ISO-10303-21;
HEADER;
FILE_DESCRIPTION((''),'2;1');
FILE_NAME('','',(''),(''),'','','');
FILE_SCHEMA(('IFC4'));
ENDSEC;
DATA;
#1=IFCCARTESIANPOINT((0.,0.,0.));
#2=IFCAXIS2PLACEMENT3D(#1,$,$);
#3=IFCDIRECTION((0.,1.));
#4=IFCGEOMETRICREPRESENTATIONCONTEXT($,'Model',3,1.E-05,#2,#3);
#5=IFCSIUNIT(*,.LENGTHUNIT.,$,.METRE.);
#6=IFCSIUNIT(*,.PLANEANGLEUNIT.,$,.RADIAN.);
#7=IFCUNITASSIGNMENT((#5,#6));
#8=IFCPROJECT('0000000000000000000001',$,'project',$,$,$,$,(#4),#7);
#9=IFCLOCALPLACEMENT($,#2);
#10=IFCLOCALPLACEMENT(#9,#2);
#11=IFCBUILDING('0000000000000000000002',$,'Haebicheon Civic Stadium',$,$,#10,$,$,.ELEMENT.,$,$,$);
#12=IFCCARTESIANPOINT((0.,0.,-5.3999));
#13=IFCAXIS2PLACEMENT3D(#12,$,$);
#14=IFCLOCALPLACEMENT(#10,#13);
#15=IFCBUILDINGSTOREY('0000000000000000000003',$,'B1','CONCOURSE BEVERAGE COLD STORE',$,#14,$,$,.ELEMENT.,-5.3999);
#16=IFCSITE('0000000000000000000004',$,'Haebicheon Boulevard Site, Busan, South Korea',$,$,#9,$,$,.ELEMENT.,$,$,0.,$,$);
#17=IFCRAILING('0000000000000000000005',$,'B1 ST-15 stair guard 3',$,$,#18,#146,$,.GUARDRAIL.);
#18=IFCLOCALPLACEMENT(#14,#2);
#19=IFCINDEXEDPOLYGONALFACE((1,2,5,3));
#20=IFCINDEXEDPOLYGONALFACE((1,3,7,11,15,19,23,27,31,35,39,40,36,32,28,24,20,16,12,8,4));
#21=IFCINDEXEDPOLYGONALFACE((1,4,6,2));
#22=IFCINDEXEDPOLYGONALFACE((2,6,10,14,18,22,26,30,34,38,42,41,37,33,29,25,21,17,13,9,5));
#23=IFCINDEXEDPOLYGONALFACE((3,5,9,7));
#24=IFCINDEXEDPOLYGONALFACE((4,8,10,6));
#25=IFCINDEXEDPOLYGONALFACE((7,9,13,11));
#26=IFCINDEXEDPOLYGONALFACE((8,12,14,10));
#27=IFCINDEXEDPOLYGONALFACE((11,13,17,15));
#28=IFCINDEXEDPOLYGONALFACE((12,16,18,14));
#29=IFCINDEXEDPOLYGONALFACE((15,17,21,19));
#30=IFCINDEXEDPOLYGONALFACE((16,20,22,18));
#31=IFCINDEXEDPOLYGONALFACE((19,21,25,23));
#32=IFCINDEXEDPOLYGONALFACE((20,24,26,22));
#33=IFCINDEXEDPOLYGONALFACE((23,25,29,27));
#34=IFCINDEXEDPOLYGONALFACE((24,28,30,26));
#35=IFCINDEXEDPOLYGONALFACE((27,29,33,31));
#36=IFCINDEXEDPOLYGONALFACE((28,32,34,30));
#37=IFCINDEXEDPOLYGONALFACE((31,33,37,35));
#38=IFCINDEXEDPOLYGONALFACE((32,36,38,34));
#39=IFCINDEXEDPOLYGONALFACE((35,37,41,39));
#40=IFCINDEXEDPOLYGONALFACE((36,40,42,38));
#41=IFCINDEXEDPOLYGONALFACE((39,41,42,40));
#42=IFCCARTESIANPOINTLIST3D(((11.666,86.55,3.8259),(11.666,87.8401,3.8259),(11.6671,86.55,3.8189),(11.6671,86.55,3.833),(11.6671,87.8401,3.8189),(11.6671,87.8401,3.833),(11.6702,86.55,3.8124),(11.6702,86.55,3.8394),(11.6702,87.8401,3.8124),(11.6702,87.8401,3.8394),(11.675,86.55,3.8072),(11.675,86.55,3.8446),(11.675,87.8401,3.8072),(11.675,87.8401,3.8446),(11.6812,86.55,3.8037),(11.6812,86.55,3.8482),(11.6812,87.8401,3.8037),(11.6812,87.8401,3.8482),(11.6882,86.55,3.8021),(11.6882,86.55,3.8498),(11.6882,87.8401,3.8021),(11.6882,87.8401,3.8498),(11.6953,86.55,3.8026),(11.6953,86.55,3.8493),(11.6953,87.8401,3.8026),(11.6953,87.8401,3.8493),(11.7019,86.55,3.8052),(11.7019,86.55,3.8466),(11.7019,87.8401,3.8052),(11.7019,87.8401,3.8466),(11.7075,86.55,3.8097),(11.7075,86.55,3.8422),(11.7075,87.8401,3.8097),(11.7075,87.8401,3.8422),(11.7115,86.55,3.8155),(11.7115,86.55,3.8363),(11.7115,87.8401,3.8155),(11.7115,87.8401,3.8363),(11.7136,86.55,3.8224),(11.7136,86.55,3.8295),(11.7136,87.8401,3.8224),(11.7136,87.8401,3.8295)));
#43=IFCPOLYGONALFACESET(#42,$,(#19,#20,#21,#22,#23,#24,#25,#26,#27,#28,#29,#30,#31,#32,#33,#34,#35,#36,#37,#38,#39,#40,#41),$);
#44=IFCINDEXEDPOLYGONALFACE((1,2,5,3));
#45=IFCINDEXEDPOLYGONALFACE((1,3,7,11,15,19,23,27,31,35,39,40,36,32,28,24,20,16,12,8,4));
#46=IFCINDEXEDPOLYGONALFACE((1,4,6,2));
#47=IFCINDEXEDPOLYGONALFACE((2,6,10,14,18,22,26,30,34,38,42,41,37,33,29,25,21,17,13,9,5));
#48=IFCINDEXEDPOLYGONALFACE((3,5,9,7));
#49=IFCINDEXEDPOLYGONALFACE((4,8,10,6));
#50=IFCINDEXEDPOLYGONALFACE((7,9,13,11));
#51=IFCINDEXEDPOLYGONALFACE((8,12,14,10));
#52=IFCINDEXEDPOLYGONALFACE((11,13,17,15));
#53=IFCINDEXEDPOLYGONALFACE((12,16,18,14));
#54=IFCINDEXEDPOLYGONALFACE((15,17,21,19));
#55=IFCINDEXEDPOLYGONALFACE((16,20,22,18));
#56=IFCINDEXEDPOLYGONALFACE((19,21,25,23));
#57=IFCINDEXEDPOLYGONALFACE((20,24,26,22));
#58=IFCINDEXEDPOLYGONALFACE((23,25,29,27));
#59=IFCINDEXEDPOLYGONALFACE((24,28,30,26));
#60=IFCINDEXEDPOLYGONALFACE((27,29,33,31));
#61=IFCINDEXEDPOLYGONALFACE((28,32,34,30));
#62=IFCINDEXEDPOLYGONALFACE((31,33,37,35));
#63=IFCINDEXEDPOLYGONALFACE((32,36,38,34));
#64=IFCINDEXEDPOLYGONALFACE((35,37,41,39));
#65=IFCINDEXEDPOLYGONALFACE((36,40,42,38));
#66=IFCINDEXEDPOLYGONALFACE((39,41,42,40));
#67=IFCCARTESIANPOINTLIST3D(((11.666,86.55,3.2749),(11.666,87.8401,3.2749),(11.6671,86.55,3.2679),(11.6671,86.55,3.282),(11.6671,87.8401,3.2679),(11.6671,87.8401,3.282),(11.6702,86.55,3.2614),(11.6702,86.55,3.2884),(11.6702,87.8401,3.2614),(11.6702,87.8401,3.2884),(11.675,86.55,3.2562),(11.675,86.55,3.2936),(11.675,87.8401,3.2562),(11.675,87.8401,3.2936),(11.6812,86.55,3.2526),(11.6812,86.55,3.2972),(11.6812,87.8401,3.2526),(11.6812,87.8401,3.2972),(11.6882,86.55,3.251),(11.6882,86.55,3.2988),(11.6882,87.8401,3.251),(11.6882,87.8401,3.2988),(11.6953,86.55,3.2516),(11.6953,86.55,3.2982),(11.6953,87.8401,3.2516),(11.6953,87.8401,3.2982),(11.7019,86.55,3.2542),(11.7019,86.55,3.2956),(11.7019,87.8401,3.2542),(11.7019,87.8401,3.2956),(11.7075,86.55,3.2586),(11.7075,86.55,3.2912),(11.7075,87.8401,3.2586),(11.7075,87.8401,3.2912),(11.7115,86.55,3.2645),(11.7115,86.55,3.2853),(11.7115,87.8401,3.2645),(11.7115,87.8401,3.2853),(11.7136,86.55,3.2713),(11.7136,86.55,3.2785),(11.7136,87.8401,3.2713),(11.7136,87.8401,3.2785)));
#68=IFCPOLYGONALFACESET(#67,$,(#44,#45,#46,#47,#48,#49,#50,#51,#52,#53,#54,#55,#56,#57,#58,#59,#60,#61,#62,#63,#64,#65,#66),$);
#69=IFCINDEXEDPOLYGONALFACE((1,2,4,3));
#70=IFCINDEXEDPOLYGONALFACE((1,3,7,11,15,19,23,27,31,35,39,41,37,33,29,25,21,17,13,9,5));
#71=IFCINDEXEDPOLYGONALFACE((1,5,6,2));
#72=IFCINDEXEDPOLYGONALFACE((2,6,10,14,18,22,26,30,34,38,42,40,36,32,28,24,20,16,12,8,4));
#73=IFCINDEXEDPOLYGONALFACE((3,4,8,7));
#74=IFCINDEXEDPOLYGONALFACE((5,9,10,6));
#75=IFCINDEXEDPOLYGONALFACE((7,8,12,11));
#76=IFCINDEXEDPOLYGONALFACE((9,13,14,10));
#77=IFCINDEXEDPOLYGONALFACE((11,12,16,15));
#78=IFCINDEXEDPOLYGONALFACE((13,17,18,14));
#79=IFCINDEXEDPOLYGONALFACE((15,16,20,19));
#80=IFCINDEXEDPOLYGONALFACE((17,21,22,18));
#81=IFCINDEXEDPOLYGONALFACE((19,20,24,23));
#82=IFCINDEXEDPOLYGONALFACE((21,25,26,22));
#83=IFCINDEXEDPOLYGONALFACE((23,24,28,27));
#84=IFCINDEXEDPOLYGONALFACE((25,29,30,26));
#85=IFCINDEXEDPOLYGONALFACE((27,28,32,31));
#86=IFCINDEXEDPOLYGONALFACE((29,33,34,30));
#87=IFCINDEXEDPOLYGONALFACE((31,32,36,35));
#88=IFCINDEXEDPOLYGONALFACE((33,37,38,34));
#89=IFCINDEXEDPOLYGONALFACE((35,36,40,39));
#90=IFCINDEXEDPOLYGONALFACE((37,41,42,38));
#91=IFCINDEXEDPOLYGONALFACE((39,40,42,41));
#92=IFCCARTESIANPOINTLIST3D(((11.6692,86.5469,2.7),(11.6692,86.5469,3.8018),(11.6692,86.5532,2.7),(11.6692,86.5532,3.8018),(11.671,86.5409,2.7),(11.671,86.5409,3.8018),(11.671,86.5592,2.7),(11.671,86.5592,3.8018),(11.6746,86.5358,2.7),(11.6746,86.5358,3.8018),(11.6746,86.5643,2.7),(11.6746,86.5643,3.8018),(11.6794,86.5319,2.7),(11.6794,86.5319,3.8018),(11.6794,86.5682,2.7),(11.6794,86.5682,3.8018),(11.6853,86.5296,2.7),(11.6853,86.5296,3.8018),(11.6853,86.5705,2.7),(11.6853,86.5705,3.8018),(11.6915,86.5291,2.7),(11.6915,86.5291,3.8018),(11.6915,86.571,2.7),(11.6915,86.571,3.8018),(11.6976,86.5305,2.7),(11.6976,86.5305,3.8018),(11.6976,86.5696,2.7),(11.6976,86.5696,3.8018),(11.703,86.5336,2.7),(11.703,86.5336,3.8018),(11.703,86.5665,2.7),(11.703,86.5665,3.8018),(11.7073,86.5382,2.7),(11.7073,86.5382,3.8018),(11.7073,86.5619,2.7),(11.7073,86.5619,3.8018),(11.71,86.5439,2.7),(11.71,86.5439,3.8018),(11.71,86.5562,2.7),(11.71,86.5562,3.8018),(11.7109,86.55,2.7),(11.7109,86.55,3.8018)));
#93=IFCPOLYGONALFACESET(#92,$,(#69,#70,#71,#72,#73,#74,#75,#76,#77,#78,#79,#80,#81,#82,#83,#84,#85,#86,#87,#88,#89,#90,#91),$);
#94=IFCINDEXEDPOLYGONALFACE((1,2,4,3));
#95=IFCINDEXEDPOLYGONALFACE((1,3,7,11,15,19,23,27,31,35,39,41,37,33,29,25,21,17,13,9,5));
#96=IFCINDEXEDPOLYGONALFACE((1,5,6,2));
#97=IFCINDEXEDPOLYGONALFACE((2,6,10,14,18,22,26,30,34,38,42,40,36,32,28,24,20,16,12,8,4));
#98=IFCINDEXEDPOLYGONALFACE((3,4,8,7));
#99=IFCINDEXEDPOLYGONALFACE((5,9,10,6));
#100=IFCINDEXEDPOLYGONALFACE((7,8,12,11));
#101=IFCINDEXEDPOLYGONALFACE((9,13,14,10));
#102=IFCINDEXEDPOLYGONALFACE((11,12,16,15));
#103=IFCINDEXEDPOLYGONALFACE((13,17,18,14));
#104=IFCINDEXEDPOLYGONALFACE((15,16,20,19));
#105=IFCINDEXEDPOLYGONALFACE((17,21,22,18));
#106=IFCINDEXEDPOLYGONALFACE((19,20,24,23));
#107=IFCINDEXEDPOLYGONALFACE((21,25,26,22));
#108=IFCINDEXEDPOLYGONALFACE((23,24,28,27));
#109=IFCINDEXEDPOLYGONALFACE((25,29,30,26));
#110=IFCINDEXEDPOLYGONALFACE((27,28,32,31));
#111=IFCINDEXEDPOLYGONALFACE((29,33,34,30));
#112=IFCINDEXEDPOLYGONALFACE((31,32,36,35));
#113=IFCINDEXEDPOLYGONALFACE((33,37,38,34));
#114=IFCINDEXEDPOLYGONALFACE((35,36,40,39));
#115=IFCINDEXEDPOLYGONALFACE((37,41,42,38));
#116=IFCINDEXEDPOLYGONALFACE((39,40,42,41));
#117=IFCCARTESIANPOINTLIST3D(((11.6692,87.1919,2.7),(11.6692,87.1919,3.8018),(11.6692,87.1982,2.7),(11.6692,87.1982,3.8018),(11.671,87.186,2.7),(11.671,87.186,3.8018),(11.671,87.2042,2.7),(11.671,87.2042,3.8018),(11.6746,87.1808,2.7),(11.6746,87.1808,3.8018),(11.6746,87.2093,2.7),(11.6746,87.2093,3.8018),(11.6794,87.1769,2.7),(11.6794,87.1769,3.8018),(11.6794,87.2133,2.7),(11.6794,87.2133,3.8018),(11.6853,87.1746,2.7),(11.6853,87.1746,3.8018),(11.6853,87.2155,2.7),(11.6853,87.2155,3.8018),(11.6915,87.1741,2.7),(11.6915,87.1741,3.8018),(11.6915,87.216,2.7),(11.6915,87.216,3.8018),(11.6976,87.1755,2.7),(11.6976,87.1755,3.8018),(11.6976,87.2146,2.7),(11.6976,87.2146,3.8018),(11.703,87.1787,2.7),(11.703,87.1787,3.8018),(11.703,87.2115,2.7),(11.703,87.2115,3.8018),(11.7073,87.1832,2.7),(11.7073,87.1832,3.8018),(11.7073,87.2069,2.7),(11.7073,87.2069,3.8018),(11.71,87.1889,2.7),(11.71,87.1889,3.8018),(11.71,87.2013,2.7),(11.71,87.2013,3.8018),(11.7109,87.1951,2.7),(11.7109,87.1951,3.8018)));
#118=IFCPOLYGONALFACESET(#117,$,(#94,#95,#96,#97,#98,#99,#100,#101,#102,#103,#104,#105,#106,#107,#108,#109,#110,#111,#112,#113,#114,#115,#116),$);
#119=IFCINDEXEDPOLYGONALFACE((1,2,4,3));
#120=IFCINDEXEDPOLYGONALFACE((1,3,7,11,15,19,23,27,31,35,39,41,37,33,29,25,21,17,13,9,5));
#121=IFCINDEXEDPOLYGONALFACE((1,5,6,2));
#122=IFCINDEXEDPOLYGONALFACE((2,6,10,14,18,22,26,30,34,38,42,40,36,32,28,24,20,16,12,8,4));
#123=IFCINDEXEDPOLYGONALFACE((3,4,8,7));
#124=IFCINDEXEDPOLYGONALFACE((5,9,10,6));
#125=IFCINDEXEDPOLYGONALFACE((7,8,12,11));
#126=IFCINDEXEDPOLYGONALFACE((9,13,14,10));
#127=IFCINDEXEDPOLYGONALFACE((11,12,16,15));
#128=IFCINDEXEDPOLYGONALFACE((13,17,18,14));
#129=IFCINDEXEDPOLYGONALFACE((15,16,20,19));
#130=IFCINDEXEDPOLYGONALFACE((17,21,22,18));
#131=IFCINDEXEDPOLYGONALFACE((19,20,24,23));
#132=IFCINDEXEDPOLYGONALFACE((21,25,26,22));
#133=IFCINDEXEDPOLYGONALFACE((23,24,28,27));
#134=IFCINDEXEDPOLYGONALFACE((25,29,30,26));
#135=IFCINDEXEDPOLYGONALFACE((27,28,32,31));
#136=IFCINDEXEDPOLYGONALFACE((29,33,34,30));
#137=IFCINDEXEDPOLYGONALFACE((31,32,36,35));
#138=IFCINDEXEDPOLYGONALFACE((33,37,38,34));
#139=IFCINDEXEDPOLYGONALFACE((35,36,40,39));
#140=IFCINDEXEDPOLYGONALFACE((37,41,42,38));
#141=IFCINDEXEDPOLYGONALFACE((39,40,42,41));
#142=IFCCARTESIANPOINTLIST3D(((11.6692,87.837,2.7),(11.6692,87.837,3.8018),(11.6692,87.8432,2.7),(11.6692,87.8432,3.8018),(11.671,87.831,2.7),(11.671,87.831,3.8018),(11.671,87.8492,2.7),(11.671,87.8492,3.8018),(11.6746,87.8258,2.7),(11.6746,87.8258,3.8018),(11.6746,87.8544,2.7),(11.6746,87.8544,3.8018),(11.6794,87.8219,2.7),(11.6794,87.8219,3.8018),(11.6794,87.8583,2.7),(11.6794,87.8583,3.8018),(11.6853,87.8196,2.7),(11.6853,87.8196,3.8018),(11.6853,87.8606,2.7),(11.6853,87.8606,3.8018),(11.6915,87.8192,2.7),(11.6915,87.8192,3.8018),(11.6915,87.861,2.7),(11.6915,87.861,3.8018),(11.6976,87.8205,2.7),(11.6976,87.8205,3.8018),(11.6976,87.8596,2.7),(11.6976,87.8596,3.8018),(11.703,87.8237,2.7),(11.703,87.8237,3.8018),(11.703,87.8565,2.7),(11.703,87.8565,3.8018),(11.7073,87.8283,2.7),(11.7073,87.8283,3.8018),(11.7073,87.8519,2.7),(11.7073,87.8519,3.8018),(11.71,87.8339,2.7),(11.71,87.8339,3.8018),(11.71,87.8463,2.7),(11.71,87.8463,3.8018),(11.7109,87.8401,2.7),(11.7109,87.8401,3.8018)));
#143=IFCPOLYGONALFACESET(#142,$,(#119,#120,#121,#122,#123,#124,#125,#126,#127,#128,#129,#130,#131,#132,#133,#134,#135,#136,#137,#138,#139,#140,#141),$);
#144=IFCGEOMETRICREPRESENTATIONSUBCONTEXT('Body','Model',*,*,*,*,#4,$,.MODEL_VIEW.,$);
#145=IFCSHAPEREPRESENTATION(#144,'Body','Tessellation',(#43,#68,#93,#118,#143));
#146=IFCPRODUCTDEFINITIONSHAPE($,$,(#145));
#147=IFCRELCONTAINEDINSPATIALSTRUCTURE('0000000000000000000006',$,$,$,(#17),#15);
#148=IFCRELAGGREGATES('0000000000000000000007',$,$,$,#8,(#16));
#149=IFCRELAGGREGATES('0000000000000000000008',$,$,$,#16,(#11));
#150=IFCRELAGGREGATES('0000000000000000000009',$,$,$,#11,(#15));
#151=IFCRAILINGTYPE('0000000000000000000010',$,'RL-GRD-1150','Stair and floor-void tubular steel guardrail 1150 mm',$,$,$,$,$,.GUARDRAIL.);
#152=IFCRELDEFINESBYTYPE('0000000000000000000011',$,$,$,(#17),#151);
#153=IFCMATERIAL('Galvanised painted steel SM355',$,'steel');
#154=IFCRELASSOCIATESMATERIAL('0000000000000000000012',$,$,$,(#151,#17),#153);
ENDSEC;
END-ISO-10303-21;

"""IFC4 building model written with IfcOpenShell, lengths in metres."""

from ifc_helpers import new_model, si_unit, direction, frame, origin, origin_2d, place, context, subcontext, project, spatial, circle, extrude, material, type_object, element, save


model = new_model("IFC4")

# Units and contexts
model_context = context("Model", 3, precision=1e-05, world=origin(), true_north=direction((0.0, 1.0)))
body_context = subcontext(model_context, "Body", "Model", "MODEL_VIEW")
ifc_project = project(units=[si_unit("LENGTHUNIT", "METRE"), si_unit("PLANEANGLEUNIT", "RADIAN")], contexts=[model_context])

# Site, building, storey
site_placement = place(None, origin())
site = spatial("IfcSite", under=ifc_project, at=site_placement, Name="Haebicheon Boulevard Site, Busan, South Korea", CompositionType="ELEMENT", RefElevation=0.0)
building_placement = place(site_placement, origin())
building = spatial("IfcBuilding", under=site, at=building_placement, Name="Haebicheon Civic Stadium", CompositionType="ELEMENT")
storey_placement = place(building_placement, frame((0.0, 0.0, -5.3999)))
storey = spatial("IfcBuildingStorey", under=building, at=storey_placement, Name="B1", Description="CONCOURSE BEVERAGE COLD STORE", CompositionType="ELEMENT", Elevation=-5.3999)

# Railing
ifc_material_1 = material(Name="Galvanised painted steel SM355", Category="steel")
railing_type = type_object("IfcRailingType", Name="RL-GRD-1150", Description="Stair and floor-void tubular steel guardrail 1150 mm", PredefinedType="GUARDRAIL", material=ifc_material_1)
railing_1_placement = place(storey_placement, frame((11.6899, 86.55, 2.7)))
element("IfcRailing", 1, at=railing_1_placement, inside=storey, type_object=railing_type, material=ifc_material_1, Name="B1 ST-15 stair guard 3", PredefinedType="GUARDRAIL", context=body_context, shape_type="SweptSolid", body=[
    extrude(circle(Radius=0.0239, at=origin_2d()), frame((0.0, 0.0, 1.126), z_axis=(0.0, 1.0, 0.0), x_axis=(-1.0, 0.0, 0.0)), (0.0, 0.0, 1.0), 1.29),
    extrude(circle(Radius=0.0239, at=origin_2d()), frame((0.0, 0.0, 0.575), z_axis=(0.0, 1.0, 0.0), x_axis=(-1.0, 0.0, 0.0)), (0.0, 0.0, 1.0), 1.29),
    extrude(circle(Radius=0.021, at=origin_2d()), origin(), (0.0, 0.0, 1.0), 1.1018),
    extrude(circle(Radius=0.021, at=origin_2d()), frame((0.0, 0.645, 0.0)), (0.0, 0.0, 1.0), 1.1018),
    extrude(circle(Radius=0.021, at=origin_2d()), frame((0.0, 1.29, 0.0)), (0.0, 0.0, 1.0), 1.1018),
])

save(model, "model.ifc")
